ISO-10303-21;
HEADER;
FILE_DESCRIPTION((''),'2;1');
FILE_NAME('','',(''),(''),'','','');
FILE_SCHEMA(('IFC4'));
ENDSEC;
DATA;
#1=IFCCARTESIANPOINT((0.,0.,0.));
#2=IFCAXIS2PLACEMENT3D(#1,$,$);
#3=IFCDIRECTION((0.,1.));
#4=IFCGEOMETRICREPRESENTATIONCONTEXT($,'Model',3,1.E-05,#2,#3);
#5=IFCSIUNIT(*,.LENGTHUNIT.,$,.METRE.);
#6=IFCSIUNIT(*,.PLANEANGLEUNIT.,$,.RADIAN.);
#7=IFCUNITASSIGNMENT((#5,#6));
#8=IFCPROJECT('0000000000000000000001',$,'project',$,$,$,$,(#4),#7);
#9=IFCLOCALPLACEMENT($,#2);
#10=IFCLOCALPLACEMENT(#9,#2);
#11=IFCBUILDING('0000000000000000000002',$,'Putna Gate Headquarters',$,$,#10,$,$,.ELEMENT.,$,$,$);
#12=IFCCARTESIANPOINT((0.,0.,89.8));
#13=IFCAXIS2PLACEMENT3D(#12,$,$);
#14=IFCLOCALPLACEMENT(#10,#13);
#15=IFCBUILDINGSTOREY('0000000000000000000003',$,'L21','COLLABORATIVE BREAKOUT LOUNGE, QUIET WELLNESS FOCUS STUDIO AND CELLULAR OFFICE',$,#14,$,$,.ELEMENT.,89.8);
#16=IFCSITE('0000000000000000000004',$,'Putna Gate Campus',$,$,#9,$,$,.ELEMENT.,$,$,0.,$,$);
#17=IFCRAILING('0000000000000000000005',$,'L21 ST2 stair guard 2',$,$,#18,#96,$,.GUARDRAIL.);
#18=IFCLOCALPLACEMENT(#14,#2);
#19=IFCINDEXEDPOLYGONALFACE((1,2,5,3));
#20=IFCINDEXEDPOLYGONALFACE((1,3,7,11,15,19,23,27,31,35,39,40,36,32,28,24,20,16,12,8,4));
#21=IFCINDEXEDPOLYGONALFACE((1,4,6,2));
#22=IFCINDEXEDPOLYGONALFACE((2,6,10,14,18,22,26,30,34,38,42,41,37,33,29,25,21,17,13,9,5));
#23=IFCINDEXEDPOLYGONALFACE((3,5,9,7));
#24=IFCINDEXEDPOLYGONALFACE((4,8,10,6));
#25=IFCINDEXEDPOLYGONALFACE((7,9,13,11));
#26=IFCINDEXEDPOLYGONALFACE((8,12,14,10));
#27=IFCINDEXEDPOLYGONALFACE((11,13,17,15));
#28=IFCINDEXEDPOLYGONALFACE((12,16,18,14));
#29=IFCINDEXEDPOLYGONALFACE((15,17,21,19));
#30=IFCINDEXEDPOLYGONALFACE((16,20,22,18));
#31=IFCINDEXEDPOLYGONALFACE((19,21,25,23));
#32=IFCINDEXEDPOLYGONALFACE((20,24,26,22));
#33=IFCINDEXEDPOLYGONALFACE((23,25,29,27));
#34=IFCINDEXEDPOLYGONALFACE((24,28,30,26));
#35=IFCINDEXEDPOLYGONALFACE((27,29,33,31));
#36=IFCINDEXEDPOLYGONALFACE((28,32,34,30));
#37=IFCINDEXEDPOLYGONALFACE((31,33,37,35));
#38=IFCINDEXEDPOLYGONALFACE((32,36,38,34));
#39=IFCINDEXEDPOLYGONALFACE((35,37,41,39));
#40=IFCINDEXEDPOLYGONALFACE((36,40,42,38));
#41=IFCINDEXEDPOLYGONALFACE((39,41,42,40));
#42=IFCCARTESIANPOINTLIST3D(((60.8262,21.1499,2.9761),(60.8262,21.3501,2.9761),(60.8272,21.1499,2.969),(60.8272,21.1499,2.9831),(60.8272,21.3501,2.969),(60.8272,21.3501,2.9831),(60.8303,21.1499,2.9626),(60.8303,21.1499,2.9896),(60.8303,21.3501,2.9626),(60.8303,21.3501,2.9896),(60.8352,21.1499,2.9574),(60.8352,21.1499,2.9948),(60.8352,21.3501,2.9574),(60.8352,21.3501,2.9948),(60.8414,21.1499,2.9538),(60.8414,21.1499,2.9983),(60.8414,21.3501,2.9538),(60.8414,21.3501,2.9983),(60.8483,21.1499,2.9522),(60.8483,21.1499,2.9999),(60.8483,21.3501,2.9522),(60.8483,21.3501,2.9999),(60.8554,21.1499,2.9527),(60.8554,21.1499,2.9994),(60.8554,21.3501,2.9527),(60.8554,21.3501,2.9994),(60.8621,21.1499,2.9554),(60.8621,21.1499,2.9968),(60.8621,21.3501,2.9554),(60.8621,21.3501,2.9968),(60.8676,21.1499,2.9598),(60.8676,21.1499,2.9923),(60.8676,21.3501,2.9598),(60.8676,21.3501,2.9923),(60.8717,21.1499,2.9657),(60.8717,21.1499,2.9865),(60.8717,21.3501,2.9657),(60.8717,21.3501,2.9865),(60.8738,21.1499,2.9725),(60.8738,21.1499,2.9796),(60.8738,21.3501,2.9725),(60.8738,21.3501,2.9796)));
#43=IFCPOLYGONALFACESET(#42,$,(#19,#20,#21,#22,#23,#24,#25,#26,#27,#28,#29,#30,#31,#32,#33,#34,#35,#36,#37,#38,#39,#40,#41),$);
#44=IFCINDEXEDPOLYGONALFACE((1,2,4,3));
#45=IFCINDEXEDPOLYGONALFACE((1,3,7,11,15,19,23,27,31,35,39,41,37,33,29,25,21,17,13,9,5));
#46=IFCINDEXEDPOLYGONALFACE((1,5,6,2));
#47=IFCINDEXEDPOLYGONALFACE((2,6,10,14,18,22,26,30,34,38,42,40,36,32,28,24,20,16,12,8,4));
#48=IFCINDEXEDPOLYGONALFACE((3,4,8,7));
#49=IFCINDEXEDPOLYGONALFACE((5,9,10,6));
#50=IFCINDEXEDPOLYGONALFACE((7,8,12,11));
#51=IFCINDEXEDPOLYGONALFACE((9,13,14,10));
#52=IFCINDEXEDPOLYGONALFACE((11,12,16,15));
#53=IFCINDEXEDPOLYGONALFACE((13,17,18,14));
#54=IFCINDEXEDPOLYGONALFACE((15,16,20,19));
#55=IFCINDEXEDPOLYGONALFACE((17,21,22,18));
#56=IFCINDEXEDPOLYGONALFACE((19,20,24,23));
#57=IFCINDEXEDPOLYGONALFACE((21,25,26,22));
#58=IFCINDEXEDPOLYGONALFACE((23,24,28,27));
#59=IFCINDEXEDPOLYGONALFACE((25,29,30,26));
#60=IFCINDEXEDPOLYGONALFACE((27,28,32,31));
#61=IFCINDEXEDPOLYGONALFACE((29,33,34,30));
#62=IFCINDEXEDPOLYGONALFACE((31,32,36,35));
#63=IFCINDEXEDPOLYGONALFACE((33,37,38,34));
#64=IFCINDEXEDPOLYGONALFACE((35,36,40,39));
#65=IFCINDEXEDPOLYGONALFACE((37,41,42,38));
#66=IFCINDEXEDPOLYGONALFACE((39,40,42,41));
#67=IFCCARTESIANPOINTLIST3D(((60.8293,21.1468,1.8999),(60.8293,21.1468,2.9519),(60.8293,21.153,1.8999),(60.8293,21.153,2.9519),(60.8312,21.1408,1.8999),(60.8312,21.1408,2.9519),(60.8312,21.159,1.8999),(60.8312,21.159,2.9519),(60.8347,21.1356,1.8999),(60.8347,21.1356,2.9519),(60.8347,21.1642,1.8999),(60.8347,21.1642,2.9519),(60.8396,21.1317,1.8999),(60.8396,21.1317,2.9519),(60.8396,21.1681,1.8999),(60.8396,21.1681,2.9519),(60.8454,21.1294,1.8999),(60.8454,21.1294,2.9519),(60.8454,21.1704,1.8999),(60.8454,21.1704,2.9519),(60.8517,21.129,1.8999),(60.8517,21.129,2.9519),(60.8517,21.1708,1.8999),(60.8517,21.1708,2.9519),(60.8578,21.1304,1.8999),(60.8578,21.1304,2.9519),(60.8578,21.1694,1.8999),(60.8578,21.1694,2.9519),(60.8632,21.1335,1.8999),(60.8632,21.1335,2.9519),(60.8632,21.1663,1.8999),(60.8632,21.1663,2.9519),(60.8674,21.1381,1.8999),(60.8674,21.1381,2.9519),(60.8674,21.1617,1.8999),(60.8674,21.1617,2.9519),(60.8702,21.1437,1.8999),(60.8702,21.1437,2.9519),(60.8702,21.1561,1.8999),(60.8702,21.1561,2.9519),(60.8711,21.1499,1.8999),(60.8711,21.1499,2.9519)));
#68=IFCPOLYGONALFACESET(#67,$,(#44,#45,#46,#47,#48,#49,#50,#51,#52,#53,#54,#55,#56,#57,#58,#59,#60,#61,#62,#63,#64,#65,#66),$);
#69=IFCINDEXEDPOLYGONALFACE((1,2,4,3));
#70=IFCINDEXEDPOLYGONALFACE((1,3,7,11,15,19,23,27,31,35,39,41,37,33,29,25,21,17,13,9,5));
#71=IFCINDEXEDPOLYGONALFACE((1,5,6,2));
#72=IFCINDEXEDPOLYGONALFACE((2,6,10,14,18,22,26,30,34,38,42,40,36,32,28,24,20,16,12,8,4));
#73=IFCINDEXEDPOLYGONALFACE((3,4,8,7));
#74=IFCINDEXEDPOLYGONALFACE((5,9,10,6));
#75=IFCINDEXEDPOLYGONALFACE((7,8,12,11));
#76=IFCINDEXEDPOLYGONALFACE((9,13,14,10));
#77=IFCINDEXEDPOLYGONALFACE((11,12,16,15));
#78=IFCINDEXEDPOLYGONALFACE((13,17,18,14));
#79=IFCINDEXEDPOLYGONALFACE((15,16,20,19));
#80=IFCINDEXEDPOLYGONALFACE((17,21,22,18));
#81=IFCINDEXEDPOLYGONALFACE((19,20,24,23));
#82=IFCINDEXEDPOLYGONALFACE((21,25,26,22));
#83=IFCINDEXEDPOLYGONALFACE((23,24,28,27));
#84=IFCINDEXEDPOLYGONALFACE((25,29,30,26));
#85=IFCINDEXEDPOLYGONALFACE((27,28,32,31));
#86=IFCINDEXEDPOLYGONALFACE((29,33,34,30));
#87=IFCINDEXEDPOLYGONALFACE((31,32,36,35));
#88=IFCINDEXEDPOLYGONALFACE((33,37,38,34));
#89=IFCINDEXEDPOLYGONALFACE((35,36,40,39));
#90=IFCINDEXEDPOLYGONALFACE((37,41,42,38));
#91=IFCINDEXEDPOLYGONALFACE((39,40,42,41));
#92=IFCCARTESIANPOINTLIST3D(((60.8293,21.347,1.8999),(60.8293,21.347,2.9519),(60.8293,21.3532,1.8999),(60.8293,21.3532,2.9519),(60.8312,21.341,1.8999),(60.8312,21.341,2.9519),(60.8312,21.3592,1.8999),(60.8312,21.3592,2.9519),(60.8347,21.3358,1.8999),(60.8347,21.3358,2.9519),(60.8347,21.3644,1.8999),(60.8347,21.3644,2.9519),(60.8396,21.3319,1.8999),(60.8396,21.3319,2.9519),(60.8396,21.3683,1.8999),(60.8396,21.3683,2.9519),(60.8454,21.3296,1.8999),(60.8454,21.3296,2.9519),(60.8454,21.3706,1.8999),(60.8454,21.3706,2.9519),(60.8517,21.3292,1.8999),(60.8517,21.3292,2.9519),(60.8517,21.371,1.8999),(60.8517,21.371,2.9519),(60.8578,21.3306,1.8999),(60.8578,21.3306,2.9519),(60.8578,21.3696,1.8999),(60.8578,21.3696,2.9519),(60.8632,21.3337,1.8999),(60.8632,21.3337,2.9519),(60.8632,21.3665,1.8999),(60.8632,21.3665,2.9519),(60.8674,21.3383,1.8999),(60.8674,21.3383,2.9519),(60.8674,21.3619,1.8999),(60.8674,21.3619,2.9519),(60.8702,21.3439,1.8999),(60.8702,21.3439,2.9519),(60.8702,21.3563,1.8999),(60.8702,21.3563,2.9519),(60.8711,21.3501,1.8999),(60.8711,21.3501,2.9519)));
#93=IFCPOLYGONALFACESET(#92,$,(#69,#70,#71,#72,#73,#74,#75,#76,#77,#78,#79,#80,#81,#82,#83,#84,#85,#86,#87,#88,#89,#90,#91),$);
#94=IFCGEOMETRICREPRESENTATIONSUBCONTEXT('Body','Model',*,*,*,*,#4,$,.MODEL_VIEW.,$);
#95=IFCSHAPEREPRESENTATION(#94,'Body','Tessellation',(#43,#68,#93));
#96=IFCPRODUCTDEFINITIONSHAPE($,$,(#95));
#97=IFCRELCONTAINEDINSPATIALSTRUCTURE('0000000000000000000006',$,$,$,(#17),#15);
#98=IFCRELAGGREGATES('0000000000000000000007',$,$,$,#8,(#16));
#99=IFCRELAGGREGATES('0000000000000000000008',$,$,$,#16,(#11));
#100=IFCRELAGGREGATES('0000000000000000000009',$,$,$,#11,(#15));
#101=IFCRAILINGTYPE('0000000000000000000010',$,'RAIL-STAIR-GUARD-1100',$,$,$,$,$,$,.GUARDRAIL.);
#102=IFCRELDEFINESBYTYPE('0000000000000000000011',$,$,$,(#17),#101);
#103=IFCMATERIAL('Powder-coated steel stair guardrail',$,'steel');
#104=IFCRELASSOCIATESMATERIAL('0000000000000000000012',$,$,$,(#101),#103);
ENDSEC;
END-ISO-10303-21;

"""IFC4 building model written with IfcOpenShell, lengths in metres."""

from ifc_helpers import new_model, si_unit, direction, frame, origin, origin_2d, place, context, subcontext, project, spatial, circle, extrude, material, type_object, element, save


model = new_model("IFC4")

# Units and contexts
model_context = context("Model", 3, precision=1e-05, world=origin(), true_north=direction((0.0, 1.0)))
body_context = subcontext(model_context, "Body", "Model", "MODEL_VIEW")
ifc_project = project(units=[si_unit("LENGTHUNIT", "METRE"), si_unit("PLANEANGLEUNIT", "RADIAN")], contexts=[model_context])

# Site, building, storey
site_placement = place(None, origin())
site = spatial("IfcSite", under=ifc_project, at=site_placement, Name="Putna Gate Campus", CompositionType="ELEMENT", RefElevation=0.0)
building_placement = place(site_placement, origin())
building = spatial("IfcBuilding", under=site, at=building_placement, Name="Putna Gate Headquarters", CompositionType="ELEMENT")
storey_placement = place(building_placement, frame((0.0, 0.0, 89.8)))
storey = spatial("IfcBuildingStorey", under=building, at=storey_placement, Name="L21", Description="COLLABORATIVE BREAKOUT LOUNGE, QUIET WELLNESS FOCUS STUDIO AND CELLULAR OFFICE", CompositionType="ELEMENT", Elevation=89.8)

# Railing
ifc_material_1 = material(Name="Powder-coated steel stair guardrail", Category="steel")
railing_type_1 = type_object("IfcRailingType", Name="RAIL-STAIR-GUARD-1100", PredefinedType="GUARDRAIL", material=ifc_material_1)
railing_1_placement = place(storey_placement, frame((60.8501, 21.1499, 1.8999)))
element("IfcRailing", 1, at=railing_1_placement, inside=storey, type_object=railing_type_1, Name="L21 ST2 stair guard 2", PredefinedType="GUARDRAIL", context=body_context, shape_type="SweptSolid", body=[
    extrude(circle(Radius=0.0239, at=origin_2d()), frame((0.0, 0.0, 1.0762), z_axis=(0.0, 1.0, 0.0), x_axis=(-1.0, 0.0, 0.0)), (0.0, 0.0, 1.0), 0.2002),
    extrude(circle(Radius=0.021, at=origin_2d()), origin(), (0.0, 0.0, 1.0), 1.052),
    extrude(circle(Radius=0.021, at=origin_2d()), frame((0.0, 0.2002, 0.0)), (0.0, 0.0, 1.0), 1.052),
])

save(model, "model.ifc")
